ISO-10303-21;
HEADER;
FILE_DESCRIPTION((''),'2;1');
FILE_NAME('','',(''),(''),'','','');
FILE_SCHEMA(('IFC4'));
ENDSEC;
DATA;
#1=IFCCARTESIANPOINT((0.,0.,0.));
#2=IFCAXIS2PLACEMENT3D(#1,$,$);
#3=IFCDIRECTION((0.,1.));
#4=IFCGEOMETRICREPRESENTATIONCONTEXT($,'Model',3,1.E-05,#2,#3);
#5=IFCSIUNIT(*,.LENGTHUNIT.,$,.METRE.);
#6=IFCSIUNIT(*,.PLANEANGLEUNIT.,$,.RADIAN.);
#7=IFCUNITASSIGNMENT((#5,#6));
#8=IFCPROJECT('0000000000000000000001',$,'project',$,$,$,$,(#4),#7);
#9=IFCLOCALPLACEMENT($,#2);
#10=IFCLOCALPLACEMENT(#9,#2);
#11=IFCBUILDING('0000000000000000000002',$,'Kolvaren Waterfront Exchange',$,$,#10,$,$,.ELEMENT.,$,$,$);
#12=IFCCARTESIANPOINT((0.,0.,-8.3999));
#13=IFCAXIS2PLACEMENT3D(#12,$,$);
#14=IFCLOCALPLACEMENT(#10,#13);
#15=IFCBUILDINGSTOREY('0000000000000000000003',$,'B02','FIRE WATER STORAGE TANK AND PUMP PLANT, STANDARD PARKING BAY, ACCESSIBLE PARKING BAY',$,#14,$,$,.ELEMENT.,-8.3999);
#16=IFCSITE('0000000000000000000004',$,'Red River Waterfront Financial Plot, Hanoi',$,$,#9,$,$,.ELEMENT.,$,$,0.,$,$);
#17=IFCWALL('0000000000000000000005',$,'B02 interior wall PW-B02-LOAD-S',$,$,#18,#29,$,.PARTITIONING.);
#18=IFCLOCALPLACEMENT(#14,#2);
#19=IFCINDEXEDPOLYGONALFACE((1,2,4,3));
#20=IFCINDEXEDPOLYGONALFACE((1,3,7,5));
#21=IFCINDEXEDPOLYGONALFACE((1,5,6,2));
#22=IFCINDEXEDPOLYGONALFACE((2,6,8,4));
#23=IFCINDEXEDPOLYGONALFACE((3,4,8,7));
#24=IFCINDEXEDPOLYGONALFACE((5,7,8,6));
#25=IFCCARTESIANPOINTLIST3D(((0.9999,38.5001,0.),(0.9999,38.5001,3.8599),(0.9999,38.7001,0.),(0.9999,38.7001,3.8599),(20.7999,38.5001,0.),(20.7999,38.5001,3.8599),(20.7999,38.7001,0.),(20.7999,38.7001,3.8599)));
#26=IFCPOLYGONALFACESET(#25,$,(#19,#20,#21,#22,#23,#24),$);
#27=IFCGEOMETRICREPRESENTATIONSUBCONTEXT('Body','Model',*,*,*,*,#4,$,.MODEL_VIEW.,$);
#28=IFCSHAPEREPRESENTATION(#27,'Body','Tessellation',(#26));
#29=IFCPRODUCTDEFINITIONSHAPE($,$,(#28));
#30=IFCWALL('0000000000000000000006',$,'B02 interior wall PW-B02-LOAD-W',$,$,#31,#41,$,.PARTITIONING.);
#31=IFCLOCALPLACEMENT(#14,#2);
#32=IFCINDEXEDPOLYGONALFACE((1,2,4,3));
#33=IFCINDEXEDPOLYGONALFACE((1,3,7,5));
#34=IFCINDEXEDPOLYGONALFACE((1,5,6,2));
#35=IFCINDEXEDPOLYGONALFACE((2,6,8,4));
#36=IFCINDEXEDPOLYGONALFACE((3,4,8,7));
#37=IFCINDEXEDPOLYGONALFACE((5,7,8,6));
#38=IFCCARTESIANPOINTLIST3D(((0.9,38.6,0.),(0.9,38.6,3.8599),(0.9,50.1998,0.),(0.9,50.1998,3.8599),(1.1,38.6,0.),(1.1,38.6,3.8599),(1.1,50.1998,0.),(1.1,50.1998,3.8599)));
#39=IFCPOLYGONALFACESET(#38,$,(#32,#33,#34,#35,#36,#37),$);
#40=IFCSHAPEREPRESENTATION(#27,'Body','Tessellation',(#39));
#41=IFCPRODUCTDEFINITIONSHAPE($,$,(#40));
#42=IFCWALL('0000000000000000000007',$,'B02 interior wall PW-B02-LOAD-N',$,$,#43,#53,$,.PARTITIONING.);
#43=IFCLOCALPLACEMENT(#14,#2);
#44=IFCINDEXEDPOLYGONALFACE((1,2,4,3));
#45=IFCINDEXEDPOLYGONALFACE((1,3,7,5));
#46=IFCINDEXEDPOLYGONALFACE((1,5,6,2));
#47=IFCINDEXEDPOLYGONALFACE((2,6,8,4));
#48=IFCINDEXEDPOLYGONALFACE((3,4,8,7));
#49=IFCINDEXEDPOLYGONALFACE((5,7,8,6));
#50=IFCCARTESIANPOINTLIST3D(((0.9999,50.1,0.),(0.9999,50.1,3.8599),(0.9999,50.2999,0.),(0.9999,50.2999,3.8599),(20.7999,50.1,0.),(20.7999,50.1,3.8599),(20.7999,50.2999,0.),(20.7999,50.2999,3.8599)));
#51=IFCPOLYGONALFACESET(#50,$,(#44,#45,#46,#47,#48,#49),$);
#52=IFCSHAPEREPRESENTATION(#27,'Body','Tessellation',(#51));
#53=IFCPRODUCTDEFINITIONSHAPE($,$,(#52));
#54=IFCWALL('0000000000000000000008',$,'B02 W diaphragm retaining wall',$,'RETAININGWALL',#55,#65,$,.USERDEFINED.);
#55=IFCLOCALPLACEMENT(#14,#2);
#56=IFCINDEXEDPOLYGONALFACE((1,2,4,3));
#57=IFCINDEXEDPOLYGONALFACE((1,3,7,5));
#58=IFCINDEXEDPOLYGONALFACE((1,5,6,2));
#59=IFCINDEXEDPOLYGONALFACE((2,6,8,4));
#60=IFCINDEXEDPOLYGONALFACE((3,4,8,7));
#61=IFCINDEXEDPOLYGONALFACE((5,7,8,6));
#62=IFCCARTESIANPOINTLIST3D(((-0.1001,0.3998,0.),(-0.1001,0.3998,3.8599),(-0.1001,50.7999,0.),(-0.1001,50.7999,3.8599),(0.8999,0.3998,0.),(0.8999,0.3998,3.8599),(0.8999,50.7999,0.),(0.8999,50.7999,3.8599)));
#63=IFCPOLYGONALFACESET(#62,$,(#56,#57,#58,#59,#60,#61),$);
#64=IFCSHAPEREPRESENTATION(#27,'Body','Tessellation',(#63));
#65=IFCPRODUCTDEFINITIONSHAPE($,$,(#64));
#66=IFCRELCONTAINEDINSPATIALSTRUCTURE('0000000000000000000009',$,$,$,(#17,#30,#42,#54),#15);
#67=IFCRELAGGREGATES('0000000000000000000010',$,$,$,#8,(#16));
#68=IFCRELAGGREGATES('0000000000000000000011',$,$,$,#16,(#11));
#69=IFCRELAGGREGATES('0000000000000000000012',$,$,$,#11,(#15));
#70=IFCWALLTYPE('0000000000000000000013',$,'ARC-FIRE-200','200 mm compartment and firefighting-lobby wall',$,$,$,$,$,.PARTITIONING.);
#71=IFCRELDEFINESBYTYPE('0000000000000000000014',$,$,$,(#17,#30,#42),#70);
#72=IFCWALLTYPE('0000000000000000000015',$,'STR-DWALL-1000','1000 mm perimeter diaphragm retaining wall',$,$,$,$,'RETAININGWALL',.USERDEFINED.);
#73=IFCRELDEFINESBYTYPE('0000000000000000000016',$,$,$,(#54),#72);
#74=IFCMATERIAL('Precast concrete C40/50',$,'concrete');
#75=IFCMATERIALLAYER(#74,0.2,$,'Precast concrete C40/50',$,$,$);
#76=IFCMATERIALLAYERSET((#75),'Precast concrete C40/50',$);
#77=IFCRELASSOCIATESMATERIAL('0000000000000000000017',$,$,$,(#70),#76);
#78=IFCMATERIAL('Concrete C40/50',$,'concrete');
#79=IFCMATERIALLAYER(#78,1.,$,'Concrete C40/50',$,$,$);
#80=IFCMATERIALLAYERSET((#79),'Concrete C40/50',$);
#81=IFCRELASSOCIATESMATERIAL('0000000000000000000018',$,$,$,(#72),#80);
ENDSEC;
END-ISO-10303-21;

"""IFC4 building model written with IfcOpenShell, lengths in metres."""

from ifc_helpers import new_model, si_unit, direction, frame, frame_2d, origin, place, context, subcontext, project, spatial, rectangle, extrude, material, layer, layer_set, type_object, element, save


model = new_model("IFC4")

# Units and contexts
model_context = context("Model", 3, precision=1e-05, world=origin(), true_north=direction((0.0, 1.0)))
body_context = subcontext(model_context, "Body", "Model", "MODEL_VIEW")
ifc_project = project(units=[si_unit("LENGTHUNIT", "METRE"), si_unit("PLANEANGLEUNIT", "RADIAN")], contexts=[model_context])

# Site, building, storey
site_placement = place(None, origin())
site = spatial("IfcSite", under=ifc_project, at=site_placement, Name="Red River Waterfront Financial Plot, Hanoi", CompositionType="ELEMENT", RefElevation=0.0)
building_placement = place(site_placement, origin())
building = spatial("IfcBuilding", under=site, at=building_placement, Name="Kolvaren Waterfront Exchange", CompositionType="ELEMENT")
storey_placement = place(building_placement, frame((0.0, 0.0, -8.3999)))
storey = spatial("IfcBuildingStorey", under=building, at=storey_placement, Name="B02", Description="FIRE WATER STORAGE TANK AND PUMP PLANT, STANDARD PARKING BAY, ACCESSIBLE PARKING BAY", CompositionType="ELEMENT", Elevation=-8.3999)

# Shared definitions
ifc_material_1 = material(Name="Concrete C40/50", Category="concrete")

# Walls
ifc_material_2 = material(Name="Precast concrete C40/50", Category="concrete")
ifc_layer_1 = layer(ifc_material_2, 0.2, Name="Precast concrete C40/50")
ifc_layer_set_1 = layer_set([ifc_layer_1], Name="Precast concrete C40/50")
wall_type_1 = type_object("IfcWallType", Name="ARC-FIRE-200", Description="200 mm compartment and firefighting-lobby wall", PredefinedType="PARTITIONING", material=ifc_layer_set_1)
wall_1_placement = place(storey_placement, frame((1.0, 38.6001, 0.0), z_axis=(0.0, 0.0, 1.0), x_axis=(1.0, 0.0, 0.0)))
element("IfcWall", 1, at=wall_1_placement, inside=storey, type_object=wall_type_1, Name="B02 interior wall PW-B02-LOAD-S", PredefinedType="PARTITIONING", context=body_context, shape_type="SweptSolid", body=[
    extrude(rectangle(XDim=19.8, YDim=0.2, at=frame_2d((9.8999, 0.0))), origin(), (0.0, 0.0, 1.0), 3.8599),
])
wall_2_placement = place(storey_placement, frame((1.0, 38.6001, 0.0), z_axis=(0.0, 0.0, 1.0), x_axis=(0.0, 1.0, 0.0)))
element("IfcWall", 2, at=wall_2_placement, inside=storey, type_object=wall_type_1, Name="B02 interior wall PW-B02-LOAD-W", PredefinedType="PARTITIONING", context=body_context, shape_type="SweptSolid", body=[
    extrude(rectangle(XDim=11.5999, YDim=0.2, at=frame_2d((5.7998, 0.0))), origin(), (0.0, 0.0, 1.0), 3.8599),
])
wall_3_placement = place(storey_placement, frame((1.0, 50.2, 0.0), z_axis=(0.0, 0.0, 1.0), x_axis=(1.0, 0.0, 0.0)))
element("IfcWall", 3, at=wall_3_placement, inside=storey, type_object=wall_type_1, Name="B02 interior wall PW-B02-LOAD-N", PredefinedType="PARTITIONING", context=body_context, shape_type="SweptSolid", body=[
    extrude(rectangle(XDim=19.8, YDim=0.2, at=frame_2d((9.8999, 0.0))), origin(), (0.0, 0.0, 1.0), 3.8599),
])
ifc_layer_2 = layer(ifc_material_1, 1.0, Name="Concrete C40/50")
ifc_layer_set_2 = layer_set([ifc_layer_2], Name="Concrete C40/50")
wall_type_2 = type_object("IfcWallType", Name="STR-DWALL-1000", Description="1000 mm perimeter diaphragm retaining wall", ElementType="RETAININGWALL", PredefinedType="USERDEFINED", material=ifc_layer_set_2)
wall_4_placement = place(storey_placement, frame((0.3999, 50.8, 0.0), z_axis=(0.0, 0.0, 1.0), x_axis=(0.0, -1.0, 0.0)))
element("IfcWall", 4, at=wall_4_placement, inside=storey, type_object=wall_type_2, Name="B02 W diaphragm retaining wall", ObjectType="RETAININGWALL", PredefinedType="USERDEFINED", context=body_context, shape_type="SweptSolid", body=[
    extrude(rectangle(XDim=50.4001, YDim=1.0, at=frame_2d((25.2002, 0.0))), origin(), (0.0, 0.0, 1.0), 3.8599),
])

save(model, "model.ifc")
